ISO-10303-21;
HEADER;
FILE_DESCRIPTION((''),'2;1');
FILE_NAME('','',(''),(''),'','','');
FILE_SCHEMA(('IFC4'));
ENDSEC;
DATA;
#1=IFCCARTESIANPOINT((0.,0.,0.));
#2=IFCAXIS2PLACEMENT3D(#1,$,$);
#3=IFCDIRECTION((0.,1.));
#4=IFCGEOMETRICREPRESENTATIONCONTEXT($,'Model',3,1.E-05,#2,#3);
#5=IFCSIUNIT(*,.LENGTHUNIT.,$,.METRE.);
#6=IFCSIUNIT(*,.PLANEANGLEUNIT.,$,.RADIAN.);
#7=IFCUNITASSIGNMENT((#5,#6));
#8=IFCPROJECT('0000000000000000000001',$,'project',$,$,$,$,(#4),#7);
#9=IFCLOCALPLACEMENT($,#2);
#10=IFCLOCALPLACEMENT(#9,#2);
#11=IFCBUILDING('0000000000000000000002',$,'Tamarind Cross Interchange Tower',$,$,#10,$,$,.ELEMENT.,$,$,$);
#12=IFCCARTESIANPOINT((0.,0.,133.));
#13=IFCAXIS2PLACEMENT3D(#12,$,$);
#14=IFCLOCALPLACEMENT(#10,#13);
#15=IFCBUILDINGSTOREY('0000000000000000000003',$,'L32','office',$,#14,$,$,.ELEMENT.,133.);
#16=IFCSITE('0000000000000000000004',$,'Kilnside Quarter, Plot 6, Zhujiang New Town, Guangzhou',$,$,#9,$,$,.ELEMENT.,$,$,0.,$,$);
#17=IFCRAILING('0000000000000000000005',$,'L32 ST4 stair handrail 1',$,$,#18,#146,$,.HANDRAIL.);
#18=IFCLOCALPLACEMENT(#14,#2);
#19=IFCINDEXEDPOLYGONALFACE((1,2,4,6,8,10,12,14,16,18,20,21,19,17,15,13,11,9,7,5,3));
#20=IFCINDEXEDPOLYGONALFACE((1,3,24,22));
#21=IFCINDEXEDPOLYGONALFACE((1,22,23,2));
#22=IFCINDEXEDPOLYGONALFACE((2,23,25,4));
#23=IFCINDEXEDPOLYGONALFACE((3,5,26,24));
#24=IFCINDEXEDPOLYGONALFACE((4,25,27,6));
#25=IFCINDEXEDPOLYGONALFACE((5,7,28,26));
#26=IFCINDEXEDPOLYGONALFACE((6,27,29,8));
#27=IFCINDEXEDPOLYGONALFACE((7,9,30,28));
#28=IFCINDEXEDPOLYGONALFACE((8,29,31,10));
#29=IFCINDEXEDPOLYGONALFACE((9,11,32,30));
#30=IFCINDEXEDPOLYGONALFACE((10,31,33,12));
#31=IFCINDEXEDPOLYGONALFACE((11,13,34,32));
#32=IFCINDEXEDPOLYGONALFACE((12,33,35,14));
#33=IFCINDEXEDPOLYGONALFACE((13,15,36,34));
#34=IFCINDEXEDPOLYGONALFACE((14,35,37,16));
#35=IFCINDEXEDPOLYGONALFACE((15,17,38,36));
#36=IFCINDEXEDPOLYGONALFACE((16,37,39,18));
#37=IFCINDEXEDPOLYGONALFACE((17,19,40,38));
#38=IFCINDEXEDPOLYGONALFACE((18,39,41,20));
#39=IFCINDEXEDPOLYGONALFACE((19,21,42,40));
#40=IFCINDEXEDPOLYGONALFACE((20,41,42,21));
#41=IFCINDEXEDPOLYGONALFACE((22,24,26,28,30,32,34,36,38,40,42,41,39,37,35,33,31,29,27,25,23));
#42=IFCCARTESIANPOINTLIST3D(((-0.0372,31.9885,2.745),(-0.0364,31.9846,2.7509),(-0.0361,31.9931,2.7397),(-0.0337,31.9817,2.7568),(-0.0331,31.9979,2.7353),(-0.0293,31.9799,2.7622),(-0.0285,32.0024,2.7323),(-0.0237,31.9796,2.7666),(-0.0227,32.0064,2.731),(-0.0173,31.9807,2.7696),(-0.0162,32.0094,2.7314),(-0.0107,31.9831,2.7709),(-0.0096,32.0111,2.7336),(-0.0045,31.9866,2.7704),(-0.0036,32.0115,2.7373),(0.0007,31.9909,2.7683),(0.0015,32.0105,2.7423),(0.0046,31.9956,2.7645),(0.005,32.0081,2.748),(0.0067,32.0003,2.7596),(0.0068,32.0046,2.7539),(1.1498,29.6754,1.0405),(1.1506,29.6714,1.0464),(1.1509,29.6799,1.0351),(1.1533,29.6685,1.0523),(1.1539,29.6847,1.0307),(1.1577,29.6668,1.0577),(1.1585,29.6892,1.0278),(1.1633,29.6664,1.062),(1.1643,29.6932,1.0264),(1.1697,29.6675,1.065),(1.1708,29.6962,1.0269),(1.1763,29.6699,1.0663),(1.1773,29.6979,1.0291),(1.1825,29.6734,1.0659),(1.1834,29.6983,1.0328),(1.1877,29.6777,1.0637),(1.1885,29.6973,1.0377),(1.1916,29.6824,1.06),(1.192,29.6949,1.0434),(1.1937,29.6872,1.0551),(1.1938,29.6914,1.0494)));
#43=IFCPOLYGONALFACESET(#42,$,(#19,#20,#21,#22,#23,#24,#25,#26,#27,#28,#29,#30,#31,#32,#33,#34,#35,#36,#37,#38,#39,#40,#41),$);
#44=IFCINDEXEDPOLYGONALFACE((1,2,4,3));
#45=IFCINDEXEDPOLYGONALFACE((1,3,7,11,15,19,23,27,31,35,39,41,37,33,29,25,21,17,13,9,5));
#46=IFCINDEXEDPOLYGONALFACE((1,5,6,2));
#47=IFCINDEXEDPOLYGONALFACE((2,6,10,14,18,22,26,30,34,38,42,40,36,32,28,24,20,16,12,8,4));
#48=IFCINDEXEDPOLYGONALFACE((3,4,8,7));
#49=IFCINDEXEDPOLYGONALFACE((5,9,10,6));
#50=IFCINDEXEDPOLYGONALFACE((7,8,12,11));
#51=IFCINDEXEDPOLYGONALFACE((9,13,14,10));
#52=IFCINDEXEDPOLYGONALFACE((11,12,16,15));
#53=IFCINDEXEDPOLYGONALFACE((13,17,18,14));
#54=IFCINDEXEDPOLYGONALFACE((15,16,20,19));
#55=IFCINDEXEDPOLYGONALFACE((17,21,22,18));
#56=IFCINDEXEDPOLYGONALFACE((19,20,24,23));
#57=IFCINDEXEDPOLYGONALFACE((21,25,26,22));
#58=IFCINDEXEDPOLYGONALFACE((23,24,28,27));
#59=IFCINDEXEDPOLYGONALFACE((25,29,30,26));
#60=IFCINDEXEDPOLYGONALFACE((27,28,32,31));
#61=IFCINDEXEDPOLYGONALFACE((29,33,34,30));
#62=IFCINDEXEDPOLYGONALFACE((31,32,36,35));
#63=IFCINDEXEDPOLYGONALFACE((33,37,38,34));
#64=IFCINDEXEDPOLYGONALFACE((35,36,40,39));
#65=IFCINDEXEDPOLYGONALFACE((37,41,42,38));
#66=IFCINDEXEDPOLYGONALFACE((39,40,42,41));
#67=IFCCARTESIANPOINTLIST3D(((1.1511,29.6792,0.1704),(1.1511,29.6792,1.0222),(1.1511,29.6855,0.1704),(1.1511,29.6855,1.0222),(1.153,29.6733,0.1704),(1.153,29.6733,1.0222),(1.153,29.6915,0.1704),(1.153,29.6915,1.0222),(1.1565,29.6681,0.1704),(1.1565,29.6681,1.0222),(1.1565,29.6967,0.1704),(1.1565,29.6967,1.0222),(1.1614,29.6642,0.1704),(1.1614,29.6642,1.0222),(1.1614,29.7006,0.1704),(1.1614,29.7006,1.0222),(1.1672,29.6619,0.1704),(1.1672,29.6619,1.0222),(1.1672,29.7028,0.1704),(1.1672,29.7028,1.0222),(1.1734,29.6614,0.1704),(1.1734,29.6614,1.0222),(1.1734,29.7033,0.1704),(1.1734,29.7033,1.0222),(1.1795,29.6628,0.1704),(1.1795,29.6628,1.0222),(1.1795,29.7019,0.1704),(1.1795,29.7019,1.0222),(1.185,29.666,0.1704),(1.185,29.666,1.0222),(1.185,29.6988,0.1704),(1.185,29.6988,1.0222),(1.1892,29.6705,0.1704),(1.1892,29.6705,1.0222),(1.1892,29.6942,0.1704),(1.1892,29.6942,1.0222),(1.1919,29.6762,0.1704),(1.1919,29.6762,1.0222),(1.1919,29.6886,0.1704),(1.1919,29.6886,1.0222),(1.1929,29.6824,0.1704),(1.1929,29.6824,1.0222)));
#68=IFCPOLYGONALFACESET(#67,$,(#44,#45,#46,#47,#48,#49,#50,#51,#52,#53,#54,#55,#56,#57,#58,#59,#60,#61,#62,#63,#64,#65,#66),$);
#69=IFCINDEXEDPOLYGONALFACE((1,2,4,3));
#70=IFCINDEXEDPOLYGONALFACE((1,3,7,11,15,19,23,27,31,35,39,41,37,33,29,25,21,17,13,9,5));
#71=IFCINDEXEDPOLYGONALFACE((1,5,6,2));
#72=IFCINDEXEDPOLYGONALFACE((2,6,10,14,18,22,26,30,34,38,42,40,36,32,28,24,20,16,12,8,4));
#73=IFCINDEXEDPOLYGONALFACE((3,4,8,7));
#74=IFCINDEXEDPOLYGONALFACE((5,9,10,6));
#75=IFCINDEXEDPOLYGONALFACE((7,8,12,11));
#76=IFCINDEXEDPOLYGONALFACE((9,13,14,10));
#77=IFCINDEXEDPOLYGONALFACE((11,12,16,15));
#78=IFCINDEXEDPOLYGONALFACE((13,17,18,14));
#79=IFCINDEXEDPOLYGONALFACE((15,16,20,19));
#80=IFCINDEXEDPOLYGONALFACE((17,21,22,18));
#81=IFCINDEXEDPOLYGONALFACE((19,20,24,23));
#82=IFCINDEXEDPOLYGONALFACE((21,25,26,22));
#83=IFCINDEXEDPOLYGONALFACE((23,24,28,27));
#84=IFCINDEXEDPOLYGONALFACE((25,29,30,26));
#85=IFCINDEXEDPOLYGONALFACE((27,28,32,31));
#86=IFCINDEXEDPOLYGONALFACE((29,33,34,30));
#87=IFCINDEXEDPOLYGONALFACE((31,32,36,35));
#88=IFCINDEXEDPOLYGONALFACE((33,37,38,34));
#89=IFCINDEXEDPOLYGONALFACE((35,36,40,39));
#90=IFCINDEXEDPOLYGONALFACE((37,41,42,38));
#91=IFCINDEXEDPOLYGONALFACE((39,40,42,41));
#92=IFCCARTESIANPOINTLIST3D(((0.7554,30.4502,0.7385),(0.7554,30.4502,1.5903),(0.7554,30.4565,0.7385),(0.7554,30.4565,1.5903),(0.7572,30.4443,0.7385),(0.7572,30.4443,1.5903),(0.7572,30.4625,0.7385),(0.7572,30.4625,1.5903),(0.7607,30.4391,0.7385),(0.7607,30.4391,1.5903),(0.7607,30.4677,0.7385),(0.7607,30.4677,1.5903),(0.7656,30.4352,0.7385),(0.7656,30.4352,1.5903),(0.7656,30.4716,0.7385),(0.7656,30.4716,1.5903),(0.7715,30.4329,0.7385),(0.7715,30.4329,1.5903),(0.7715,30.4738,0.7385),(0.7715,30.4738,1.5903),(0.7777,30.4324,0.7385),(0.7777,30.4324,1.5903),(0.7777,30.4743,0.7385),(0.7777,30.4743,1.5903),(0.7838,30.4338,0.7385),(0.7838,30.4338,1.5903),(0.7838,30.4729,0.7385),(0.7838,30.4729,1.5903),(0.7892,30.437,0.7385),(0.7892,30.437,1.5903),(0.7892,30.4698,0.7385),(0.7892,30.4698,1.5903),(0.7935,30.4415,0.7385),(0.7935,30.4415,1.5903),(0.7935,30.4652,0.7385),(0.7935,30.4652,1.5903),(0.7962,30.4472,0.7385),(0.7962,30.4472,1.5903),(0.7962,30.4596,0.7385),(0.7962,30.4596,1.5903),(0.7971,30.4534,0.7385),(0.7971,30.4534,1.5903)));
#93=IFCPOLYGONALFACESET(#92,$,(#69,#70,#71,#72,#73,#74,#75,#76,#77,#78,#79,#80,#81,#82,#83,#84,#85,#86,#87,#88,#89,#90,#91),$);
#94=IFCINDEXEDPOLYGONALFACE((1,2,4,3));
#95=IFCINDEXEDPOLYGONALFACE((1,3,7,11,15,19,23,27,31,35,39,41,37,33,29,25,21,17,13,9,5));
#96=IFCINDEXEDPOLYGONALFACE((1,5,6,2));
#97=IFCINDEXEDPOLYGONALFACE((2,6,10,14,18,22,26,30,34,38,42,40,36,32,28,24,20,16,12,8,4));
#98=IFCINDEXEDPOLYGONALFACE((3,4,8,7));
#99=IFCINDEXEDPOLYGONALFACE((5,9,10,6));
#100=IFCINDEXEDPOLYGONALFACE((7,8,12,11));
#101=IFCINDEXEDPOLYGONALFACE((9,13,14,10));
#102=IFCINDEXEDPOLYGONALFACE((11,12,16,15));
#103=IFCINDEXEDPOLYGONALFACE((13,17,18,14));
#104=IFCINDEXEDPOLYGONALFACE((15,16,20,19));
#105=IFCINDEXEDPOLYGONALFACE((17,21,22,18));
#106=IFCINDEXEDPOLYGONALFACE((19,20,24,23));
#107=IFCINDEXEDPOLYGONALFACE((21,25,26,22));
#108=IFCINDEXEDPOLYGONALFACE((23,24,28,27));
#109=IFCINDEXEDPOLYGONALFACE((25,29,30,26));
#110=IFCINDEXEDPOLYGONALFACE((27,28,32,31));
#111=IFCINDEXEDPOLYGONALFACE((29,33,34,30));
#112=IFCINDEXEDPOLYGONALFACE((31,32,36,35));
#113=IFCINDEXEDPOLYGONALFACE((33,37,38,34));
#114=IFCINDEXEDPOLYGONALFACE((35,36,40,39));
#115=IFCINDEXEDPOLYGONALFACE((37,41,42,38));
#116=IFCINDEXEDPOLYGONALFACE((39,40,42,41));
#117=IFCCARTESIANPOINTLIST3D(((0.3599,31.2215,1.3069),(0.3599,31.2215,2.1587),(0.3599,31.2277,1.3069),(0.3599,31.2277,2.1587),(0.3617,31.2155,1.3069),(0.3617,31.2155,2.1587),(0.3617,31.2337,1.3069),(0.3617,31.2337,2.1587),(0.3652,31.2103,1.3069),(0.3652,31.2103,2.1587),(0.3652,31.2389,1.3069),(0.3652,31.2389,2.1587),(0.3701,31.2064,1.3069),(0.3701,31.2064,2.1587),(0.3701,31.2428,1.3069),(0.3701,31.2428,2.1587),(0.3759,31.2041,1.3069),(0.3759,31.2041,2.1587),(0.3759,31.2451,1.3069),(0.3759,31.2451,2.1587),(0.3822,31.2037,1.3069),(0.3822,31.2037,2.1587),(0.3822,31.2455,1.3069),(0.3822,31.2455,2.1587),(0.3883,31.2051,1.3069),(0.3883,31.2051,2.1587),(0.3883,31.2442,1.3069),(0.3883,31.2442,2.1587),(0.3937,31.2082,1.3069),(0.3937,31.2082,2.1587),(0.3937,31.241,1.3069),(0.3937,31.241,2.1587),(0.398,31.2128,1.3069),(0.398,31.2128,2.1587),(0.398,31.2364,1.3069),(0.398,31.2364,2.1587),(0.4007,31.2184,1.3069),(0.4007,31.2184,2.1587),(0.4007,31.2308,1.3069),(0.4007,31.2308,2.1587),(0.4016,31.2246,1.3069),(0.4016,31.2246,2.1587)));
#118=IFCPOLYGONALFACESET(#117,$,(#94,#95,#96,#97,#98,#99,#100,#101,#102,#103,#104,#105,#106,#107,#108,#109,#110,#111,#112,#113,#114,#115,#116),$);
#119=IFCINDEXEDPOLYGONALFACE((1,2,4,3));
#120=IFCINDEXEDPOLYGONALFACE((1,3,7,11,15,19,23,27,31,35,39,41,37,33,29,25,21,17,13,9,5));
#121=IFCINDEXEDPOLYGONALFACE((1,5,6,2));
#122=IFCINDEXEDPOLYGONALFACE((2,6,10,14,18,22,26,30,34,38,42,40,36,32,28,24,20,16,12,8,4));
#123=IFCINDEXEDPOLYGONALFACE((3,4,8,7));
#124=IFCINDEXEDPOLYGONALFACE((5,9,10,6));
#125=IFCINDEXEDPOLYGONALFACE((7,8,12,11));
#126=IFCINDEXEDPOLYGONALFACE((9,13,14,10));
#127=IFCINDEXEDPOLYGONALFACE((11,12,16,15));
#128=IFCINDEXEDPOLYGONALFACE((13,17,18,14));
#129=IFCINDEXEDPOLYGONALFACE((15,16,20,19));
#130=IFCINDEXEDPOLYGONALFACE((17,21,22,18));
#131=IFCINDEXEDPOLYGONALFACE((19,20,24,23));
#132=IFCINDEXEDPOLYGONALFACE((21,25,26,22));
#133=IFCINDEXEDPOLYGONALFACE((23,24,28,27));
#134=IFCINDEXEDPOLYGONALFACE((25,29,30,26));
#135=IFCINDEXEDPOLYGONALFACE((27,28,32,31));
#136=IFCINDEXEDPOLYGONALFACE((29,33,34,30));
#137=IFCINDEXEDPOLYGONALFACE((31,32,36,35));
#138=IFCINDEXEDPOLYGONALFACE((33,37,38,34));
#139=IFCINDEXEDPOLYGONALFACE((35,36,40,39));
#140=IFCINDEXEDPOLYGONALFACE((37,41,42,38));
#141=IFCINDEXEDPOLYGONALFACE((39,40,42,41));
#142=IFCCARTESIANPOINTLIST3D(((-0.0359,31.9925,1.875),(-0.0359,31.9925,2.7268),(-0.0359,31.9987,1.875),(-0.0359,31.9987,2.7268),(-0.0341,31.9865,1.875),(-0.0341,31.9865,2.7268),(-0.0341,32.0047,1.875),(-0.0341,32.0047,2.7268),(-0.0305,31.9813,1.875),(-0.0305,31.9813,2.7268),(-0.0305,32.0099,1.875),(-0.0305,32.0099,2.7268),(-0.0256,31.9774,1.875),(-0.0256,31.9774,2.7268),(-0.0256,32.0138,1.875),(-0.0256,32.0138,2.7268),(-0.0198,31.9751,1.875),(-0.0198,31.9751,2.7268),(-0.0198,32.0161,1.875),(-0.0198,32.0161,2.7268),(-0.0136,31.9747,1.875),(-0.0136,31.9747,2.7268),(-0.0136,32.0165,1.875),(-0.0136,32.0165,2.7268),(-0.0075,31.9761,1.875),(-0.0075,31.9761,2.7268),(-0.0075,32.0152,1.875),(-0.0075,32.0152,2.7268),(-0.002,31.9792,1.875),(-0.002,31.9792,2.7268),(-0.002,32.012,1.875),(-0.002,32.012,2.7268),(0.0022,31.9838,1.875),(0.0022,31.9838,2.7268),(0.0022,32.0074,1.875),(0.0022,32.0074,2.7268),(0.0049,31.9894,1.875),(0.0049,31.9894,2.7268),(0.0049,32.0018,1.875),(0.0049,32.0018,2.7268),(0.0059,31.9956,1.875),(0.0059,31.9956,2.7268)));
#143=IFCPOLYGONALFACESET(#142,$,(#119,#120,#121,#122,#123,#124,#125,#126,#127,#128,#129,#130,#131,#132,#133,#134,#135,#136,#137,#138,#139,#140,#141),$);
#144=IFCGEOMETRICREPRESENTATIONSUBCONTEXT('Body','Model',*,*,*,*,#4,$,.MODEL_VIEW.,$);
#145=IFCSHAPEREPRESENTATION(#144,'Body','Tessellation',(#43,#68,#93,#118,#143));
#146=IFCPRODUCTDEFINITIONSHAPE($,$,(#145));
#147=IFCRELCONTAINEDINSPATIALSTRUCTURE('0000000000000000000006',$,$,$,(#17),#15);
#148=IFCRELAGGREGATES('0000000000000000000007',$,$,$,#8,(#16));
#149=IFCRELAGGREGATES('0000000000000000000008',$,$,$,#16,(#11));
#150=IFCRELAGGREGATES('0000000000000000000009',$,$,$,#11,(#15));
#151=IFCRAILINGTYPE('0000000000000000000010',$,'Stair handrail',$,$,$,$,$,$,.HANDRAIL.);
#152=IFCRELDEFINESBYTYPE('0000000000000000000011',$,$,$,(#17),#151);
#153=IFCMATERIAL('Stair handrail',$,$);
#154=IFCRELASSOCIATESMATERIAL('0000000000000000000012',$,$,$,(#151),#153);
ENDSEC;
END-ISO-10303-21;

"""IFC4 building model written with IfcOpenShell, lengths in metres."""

from ifc_helpers import new_model, si_unit, direction, frame, origin, origin_2d, place, context, subcontext, project, spatial, circle, extrude, material, type_object, element, save


model = new_model("IFC4")

# Units and contexts
model_context = context("Model", 3, precision=1e-05, world=origin(), true_north=direction((0.0, 1.0)))
body_context = subcontext(model_context, "Body", "Model", "MODEL_VIEW")
ifc_project = project(units=[si_unit("LENGTHUNIT", "METRE"), si_unit("PLANEANGLEUNIT", "RADIAN")], contexts=[model_context])

# Site, building, storey
site_placement = place(None, origin())
site = spatial("IfcSite", under=ifc_project, at=site_placement, Name="Kilnside Quarter, Plot 6, Zhujiang New Town, Guangzhou", CompositionType="ELEMENT", RefElevation=0.0)
building_placement = place(site_placement, origin())
building = spatial("IfcBuilding", under=site, at=building_placement, Name="Tamarind Cross Interchange Tower", CompositionType="ELEMENT")
storey_placement = place(building_placement, frame((0.0, 0.0, 133.0)))
storey = spatial("IfcBuildingStorey", under=building, at=storey_placement, Name="L32", Description="office", CompositionType="ELEMENT", Elevation=133.0)

# Railing
ifc_material_1 = material(Name="Stair handrail")
railing_type_1 = type_object("IfcRailingType", Name="Stair handrail", PredefinedType="HANDRAIL", material=ifc_material_1)
railing_1_placement = place(storey_placement, frame((1.1719, 29.6824, 0.1704)))
element("IfcRailing", 1, at=railing_1_placement, inside=storey, type_object=railing_type_1, Name="L32 ST4 stair handrail 1", PredefinedType="HANDRAIL", context=body_context, shape_type="SweptSolid", body=[
    extrude(circle(Radius=0.0239, at=origin_2d()), frame((0.0, 0.0, 0.876), z_axis=(-0.381803, 0.744052, 0.548282), x_axis=(-0.889702, -0.456542, 0.0)), (0.0, 0.0, 1.0), 3.1089),
    extrude(circle(Radius=0.021, at=origin_2d()), origin(), (0.0, 0.0, 1.0), 0.8518),
    extrude(circle(Radius=0.021, at=origin_2d()), frame((-0.3958, 0.771, 0.5681)), (0.0, 0.0, 1.0), 0.8518),
    extrude(circle(Radius=0.021, at=origin_2d()), frame((-0.7913, 1.5422, 1.1365)), (0.0, 0.0, 1.0), 0.8518),
    extrude(circle(Radius=0.021, at=origin_2d()), frame((-1.187, 2.3132, 1.7046)), (0.0, 0.0, 1.0), 0.8518),
])

save(model, "model.ifc")
